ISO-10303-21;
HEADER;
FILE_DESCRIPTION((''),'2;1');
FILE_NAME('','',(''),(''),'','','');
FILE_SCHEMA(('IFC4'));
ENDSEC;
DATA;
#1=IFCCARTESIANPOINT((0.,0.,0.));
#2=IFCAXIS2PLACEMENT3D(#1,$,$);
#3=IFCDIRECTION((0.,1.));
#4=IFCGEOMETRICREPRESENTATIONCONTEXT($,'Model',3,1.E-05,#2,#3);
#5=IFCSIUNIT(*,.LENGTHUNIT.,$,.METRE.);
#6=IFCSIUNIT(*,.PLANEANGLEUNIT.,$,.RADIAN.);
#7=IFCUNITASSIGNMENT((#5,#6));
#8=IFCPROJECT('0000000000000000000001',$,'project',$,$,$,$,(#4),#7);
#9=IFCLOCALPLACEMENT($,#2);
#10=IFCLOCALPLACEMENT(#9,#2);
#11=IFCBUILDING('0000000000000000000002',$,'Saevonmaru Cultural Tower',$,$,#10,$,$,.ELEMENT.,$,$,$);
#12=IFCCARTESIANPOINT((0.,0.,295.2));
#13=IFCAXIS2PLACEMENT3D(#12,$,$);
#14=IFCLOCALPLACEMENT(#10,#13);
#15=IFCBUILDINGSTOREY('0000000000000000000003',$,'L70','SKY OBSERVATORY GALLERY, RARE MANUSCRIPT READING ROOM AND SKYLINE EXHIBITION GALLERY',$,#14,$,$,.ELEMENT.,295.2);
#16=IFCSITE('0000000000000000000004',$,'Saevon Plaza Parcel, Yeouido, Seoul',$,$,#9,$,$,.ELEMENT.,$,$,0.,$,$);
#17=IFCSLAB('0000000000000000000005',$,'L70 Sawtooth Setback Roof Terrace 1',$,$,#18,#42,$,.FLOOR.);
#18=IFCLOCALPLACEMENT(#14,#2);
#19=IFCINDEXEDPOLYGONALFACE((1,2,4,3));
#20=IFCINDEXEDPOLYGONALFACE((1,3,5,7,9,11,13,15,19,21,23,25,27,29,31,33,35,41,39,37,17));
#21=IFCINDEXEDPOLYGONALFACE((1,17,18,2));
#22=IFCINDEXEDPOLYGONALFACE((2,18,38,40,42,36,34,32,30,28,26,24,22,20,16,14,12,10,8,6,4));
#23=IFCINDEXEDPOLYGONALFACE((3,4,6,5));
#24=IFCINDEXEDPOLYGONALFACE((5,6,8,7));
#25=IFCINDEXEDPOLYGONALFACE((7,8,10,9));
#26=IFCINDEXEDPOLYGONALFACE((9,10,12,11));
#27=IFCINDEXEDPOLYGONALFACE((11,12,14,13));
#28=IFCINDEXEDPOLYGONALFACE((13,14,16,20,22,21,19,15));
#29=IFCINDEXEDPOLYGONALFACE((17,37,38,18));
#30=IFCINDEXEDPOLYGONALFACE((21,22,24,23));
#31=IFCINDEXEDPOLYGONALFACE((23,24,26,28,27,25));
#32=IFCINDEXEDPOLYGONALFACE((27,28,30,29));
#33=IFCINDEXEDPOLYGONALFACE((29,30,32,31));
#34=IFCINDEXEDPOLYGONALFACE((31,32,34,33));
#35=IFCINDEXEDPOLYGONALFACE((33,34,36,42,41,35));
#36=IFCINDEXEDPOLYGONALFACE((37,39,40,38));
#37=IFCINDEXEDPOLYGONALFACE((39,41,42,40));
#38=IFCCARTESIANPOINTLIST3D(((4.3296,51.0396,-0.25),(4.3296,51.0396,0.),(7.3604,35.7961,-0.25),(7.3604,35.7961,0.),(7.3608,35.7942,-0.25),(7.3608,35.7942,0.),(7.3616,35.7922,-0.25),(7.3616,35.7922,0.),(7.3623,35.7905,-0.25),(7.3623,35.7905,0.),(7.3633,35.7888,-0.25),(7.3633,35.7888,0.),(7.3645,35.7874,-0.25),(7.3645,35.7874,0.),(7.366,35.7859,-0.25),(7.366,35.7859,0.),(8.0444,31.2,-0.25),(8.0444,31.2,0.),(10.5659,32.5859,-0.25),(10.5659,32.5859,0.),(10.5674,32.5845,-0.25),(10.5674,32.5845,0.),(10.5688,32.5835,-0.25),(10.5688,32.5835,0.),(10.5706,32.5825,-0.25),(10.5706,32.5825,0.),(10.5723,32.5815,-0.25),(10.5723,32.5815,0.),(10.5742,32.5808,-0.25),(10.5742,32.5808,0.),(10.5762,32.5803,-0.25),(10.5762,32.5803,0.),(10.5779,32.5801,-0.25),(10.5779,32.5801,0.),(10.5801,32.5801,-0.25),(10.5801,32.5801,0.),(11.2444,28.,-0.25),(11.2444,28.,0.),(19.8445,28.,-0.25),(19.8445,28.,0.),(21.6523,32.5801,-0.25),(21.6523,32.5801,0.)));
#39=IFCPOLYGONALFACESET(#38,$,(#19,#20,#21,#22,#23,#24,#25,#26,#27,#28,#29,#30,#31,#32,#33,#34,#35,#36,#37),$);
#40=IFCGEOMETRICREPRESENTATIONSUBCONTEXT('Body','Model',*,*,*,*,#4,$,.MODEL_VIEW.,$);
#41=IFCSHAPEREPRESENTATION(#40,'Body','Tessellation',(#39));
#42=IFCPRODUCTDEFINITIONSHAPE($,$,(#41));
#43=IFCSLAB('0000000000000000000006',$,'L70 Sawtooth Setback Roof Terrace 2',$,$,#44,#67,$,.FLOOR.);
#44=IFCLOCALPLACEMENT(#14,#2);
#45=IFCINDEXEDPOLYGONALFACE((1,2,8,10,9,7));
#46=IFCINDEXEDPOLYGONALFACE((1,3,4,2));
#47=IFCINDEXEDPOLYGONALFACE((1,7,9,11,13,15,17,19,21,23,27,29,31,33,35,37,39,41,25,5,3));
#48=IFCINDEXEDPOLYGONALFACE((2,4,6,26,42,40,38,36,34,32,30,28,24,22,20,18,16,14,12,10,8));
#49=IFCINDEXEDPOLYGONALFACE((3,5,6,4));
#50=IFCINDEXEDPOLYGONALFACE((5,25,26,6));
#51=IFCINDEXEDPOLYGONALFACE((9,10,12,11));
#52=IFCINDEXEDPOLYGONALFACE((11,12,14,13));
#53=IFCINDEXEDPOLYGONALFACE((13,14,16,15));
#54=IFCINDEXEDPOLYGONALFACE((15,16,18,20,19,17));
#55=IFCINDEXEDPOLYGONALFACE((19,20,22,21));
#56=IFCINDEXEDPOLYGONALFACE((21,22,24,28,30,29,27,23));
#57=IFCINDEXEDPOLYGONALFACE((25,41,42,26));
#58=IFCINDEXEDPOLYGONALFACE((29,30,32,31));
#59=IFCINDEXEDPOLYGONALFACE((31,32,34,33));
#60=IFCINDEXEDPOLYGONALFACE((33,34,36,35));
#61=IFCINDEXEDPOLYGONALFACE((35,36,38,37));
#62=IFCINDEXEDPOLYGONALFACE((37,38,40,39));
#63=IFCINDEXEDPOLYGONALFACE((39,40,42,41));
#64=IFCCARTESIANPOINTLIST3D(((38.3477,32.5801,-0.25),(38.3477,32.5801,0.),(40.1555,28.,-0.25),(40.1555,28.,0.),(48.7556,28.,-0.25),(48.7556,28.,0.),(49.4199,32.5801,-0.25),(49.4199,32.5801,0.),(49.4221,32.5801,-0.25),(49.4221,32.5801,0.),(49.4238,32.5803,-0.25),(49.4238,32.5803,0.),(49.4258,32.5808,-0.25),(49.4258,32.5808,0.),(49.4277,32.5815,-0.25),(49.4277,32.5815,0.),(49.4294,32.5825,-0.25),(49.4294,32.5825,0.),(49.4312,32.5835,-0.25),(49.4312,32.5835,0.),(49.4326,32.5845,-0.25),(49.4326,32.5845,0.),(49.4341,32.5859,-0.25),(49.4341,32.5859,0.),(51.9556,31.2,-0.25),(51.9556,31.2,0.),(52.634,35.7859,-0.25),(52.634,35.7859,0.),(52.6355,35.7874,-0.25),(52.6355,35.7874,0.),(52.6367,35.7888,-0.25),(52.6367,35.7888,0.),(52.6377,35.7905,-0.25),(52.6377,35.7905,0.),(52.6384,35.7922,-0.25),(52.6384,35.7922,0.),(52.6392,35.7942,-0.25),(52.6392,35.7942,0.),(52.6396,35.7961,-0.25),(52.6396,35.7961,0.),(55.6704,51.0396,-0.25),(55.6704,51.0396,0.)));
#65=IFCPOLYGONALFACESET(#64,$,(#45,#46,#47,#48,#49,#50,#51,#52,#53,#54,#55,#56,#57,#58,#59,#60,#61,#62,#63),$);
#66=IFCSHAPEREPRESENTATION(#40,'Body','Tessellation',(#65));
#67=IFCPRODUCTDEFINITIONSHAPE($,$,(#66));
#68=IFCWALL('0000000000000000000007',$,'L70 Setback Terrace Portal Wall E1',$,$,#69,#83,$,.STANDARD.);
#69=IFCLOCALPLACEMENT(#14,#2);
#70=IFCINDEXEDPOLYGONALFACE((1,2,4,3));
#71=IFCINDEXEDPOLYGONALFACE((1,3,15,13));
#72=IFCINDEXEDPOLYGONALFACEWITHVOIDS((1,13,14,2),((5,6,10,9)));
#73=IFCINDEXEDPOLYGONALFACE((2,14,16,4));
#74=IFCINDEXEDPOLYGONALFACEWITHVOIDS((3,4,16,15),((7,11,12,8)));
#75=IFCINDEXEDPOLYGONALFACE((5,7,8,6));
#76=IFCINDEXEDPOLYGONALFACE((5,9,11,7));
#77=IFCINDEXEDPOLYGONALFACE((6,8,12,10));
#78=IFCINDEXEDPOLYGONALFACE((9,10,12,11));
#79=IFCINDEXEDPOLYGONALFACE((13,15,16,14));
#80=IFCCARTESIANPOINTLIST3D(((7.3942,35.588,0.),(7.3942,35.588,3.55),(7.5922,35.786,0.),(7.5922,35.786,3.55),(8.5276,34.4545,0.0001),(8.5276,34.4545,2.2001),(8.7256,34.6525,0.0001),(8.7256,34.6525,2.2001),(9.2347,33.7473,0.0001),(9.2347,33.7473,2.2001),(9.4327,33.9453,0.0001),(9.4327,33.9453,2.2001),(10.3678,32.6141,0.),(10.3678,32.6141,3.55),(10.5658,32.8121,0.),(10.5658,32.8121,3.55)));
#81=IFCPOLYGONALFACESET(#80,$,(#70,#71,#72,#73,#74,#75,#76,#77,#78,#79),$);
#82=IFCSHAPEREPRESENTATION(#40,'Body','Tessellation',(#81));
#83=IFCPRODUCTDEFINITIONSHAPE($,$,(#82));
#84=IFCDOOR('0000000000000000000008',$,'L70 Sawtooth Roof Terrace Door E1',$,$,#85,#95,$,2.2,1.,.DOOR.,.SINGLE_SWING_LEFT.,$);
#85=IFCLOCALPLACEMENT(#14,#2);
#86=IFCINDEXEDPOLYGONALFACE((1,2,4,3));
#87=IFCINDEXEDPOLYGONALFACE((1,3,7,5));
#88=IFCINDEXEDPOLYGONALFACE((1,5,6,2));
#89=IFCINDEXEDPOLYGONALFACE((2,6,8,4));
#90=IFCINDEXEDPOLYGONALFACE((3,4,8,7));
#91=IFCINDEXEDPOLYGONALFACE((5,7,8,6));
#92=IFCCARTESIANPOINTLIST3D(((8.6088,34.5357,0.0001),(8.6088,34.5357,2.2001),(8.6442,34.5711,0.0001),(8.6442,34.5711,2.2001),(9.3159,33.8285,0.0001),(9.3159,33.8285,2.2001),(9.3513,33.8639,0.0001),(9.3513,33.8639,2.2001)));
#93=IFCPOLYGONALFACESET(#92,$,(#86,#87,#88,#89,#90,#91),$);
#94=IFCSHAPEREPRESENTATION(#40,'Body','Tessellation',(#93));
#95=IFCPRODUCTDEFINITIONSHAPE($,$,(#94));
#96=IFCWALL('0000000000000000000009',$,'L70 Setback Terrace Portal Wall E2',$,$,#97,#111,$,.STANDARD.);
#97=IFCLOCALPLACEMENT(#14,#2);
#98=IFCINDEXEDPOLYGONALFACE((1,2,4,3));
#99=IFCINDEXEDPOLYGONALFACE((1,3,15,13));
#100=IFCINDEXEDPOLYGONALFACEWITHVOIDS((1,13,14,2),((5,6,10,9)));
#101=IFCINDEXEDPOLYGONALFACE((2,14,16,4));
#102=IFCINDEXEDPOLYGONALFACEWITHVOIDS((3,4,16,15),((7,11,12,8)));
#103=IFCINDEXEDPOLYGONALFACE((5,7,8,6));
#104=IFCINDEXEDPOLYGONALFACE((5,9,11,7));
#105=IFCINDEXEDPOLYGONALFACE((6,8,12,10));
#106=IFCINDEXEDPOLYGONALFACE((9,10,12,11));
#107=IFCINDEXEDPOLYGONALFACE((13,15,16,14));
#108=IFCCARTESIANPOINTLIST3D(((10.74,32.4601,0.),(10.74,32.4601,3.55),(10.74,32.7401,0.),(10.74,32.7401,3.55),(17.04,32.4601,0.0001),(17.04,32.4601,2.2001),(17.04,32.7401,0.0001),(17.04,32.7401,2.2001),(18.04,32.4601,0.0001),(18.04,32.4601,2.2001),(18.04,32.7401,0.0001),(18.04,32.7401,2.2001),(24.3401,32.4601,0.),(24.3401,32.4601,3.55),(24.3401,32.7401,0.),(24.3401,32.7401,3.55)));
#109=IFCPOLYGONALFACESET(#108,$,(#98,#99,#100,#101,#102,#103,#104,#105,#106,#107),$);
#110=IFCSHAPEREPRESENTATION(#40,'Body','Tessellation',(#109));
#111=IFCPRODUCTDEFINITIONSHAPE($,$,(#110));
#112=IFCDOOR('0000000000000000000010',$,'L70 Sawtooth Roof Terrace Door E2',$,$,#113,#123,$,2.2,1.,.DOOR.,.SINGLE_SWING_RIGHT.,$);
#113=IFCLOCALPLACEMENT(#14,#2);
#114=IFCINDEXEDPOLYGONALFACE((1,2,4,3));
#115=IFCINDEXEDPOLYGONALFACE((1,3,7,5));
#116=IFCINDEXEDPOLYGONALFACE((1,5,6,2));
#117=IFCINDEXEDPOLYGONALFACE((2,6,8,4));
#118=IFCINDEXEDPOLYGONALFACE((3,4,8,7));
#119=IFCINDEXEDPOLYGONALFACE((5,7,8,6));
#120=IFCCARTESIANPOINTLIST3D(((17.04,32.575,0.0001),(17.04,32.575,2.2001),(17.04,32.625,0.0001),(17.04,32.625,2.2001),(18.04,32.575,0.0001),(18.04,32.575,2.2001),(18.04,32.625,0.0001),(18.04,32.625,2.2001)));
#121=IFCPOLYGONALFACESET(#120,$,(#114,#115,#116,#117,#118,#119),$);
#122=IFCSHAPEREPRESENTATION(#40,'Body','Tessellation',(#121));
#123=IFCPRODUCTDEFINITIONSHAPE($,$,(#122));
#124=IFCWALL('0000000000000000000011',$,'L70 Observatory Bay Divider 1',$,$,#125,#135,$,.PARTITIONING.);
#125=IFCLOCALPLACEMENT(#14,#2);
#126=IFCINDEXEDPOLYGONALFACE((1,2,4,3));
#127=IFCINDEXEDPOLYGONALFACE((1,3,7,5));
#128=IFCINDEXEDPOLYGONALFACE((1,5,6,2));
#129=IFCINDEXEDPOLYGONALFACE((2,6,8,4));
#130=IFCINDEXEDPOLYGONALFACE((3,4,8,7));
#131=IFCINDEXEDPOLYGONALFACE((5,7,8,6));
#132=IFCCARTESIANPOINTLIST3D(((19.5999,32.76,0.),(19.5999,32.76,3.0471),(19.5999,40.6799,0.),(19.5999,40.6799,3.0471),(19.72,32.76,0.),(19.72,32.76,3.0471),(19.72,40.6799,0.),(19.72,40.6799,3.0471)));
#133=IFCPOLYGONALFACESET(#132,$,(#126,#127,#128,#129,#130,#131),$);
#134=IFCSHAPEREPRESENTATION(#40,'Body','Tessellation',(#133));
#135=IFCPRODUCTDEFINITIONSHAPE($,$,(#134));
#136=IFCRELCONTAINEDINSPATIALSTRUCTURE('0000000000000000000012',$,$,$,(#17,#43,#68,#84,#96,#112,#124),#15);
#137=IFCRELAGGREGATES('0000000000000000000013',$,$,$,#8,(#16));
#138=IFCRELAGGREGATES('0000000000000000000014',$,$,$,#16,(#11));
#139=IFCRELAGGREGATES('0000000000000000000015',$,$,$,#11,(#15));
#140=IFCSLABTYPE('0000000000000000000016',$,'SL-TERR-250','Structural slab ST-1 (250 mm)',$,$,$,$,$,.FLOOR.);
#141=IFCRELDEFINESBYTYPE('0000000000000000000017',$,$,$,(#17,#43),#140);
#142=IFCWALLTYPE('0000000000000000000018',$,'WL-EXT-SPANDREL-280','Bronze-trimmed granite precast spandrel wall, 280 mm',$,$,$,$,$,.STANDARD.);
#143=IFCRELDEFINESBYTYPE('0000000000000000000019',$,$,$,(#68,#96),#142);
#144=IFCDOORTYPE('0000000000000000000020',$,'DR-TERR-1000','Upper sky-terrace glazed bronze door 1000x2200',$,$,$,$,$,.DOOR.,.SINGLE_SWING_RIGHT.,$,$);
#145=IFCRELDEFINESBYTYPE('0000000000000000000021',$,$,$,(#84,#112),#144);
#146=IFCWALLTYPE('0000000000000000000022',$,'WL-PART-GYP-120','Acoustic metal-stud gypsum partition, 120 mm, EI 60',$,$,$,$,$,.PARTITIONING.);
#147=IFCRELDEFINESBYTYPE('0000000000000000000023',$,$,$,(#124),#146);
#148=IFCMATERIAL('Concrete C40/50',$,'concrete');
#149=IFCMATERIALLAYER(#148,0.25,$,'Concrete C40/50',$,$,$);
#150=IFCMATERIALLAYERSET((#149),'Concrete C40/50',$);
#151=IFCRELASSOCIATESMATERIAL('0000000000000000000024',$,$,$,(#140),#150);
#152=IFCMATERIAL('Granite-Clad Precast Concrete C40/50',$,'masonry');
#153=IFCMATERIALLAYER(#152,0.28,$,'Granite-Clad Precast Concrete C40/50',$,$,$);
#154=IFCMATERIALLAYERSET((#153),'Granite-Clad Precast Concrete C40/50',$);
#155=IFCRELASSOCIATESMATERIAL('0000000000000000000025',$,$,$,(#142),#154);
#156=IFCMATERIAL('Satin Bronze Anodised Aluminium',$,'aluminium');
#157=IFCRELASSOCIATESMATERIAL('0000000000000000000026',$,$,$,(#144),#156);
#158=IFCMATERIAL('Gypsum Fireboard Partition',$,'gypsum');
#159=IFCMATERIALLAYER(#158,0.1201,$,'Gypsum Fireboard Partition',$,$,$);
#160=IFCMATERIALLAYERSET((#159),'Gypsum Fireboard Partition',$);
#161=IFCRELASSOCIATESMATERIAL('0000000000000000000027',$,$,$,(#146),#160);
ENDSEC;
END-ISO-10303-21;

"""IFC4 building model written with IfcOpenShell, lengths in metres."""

from ifc_helpers import new_model, si_unit, direction, frame, frame_2d, origin, place, context, subcontext, project, spatial, polyline, rectangle, outline, extrude, material, layer, layer_set, type_object, element, fill, save


model = new_model("IFC4")

# Units and contexts
model_context = context("Model", 3, precision=1e-05, world=origin(), true_north=direction((0.0, 1.0)))
body_context = subcontext(model_context, "Body", "Model", "MODEL_VIEW")
ifc_project = project(units=[si_unit("LENGTHUNIT", "METRE"), si_unit("PLANEANGLEUNIT", "RADIAN")], contexts=[model_context])

# Site, building, storey
site_placement = place(None, origin())
site = spatial("IfcSite", under=ifc_project, at=site_placement, Name="Saevon Plaza Parcel, Yeouido, Seoul", CompositionType="ELEMENT", RefElevation=0.0)
building_placement = place(site_placement, origin())
building = spatial("IfcBuilding", under=site, at=building_placement, Name="Saevonmaru Cultural Tower", CompositionType="ELEMENT")
storey_placement = place(building_placement, frame((0.0, 0.0, 295.2)))
storey = spatial("IfcBuildingStorey", under=building, at=storey_placement, Name="L70", Description="SKY OBSERVATORY GALLERY, RARE MANUSCRIPT READING ROOM AND SKYLINE EXHIBITION GALLERY", CompositionType="ELEMENT", Elevation=295.2)

# Shared definitions
ifc_material_1 = material(Name="Satin Bronze Anodised Aluminium", Category="aluminium")

# Shared definitions
ifc_material_2 = material(Name="Concrete C40/50", Category="concrete")

# Slabs
ifc_layer_1 = layer(ifc_material_2, 0.25, Name="Concrete C40/50")
ifc_layer_set_1 = layer_set([ifc_layer_1], Name="Concrete C40/50")
slab_type_1 = type_object("IfcSlabType", Name="SL-TERR-250", Description="Structural slab ST-1 (250 mm)", PredefinedType="FLOOR", material=ifc_layer_set_1)
slab_1_placement = place(storey_placement, frame((0.0, 0.0, -0.25)))
element("IfcSlab", 1, at=slab_1_placement, inside=storey, type_object=slab_type_1, Name="L70 Sawtooth Setback Roof Terrace 1", PredefinedType="FLOOR", context=body_context, shape_type="SweptSolid", body=[
    extrude(outline(polyline([(21.6523, 32.5801), (10.5801, 32.5801), (10.5779, 32.5801), (10.5762, 32.5803), (10.5742, 32.5808), (10.5723, 32.5815), (10.5706, 32.5825), (10.5688, 32.5835), (10.5674, 32.5845), (10.5659, 32.5859), (7.366, 35.7859), (7.3645, 35.7874), (7.3633, 35.7888), (7.3623, 35.7905), (7.3616, 35.7922), (7.3608, 35.7942), (7.3604, 35.7961), (4.3296, 51.0396), (8.0444, 31.2), (11.2444, 28.0), (19.8445, 28.0), (21.6523, 32.5801)])), origin(), (0.0, 0.0, 1.0), 0.25),
])
slab_2_placement = place(storey_placement, frame((0.0, 0.0, -0.25)))
element("IfcSlab", 2, at=slab_2_placement, inside=storey, type_object=slab_type_1, Name="L70 Sawtooth Setback Roof Terrace 2", PredefinedType="FLOOR", context=body_context, shape_type="SweptSolid", body=[
    extrude(outline(polyline([(55.6704, 51.0396), (52.6396, 35.7961), (52.6392, 35.7942), (52.6384, 35.7922), (52.6377, 35.7905), (52.6367, 35.7888), (52.6355, 35.7874), (52.634, 35.7859), (49.4341, 32.5859), (49.4326, 32.5845), (49.4312, 32.5835), (49.4294, 32.5825), (49.4277, 32.5815), (49.4258, 32.5808), (49.4238, 32.5803), (49.4221, 32.5801), (49.4199, 32.5801), (38.3477, 32.5801), (40.1555, 28.0), (48.7556, 28.0), (51.9556, 31.2), (55.6704, 51.0396)])), origin(), (0.0, 0.0, 1.0), 0.25),
])

# Walls, openings, doors
ifc_material_3 = material(Name="Granite-Clad Precast Concrete C40/50", Category="masonry")
ifc_layer_2 = layer(ifc_material_3, 0.28, Name="Granite-Clad Precast Concrete C40/50")
ifc_layer_set_2 = layer_set([ifc_layer_2], Name="Granite-Clad Precast Concrete C40/50")
wall_type_1 = type_object("IfcWallType", Name="WL-EXT-SPANDREL-280", Description="Bronze-trimmed granite precast spandrel wall, 280 mm", PredefinedType="STANDARD", material=ifc_layer_set_2)
wall_1_placement = place(storey_placement, frame((7.4932, 35.687, 0.0), z_axis=(0.0, 0.0, 1.0), x_axis=(0.707078, -0.707136, 0.0)))
wall_1 = element("IfcWall", 3, at=wall_1_placement, inside=storey, type_object=wall_type_1, Name="L70 Setback Terrace Portal Wall E1", PredefinedType="STANDARD", context=body_context, shape_type="SweptSolid", body=[
    extrude(rectangle(XDim=4.2056, YDim=0.28, at=frame_2d((2.1028, 0.0))), origin(), (0.0, 0.0, 1.0), 3.55),
])
opening_1_placement = place(wall_1_placement, frame((1.603, 0.0, 0.0)))
opening_1 = element("IfcOpeningElement", 4, at=opening_1_placement, cuts=wall_1, PredefinedType="OPENING", context=body_context, shape_type="SweptSolid", body=[
    extrude(rectangle(XDim=1.0, YDim=2.2, at=frame_2d((0.5, 1.1001))), frame((0.0, 0.1499, 0.0), z_axis=(0.0, -1.0, 0.0), x_axis=(1.0, 0.0, 0.0)), (0.0, 0.0, 1.0), 0.3),
])
door_type = type_object("IfcDoorType", Name="DR-TERR-1000", Description="Upper sky-terrace glazed bronze door 1000x2200", OperationType="SINGLE_SWING_RIGHT", PredefinedType="DOOR", material=ifc_material_1)
door_1_placement = place(opening_1_placement, origin())
door_1 = element("IfcDoor", 5, at=door_1_placement, inside=storey, type_object=door_type, Name="L70 Sawtooth Roof Terrace Door E1", OperationType="SINGLE_SWING_LEFT", OverallHeight=2.2, OverallWidth=1.0, PredefinedType="DOOR", context=body_context, shape_type="SweptSolid", body=[
    extrude(rectangle(XDim=1.0, YDim=2.2, at=frame_2d((0.5, 1.1001))), frame((0.0, 0.0249, 0.0), z_axis=(0.0, -1.0, 0.0), x_axis=(1.0, 0.0, 0.0)), (0.0, 0.0, 1.0), 0.05),
])
fill(opening_1, door_1)
wall_2_placement = place(storey_placement, frame((10.74, 32.6001, 0.0), z_axis=(0.0, 0.0, 1.0), x_axis=(1.0, 0.0, 0.0)))
wall_2 = element("IfcWall", 6, at=wall_2_placement, inside=storey, type_object=wall_type_1, Name="L70 Setback Terrace Portal Wall E2", PredefinedType="STANDARD", context=body_context, shape_type="SweptSolid", body=[
    extrude(rectangle(XDim=13.6001, YDim=0.28, at=frame_2d((6.8, 0.0))), origin(), (0.0, 0.0, 1.0), 3.55),
])
opening_2_placement = place(wall_2_placement, frame((6.3, 0.0, 0.0)))
opening_2 = element("IfcOpeningElement", 7, at=opening_2_placement, cuts=wall_2, PredefinedType="OPENING", context=body_context, shape_type="SweptSolid", body=[
    extrude(rectangle(XDim=1.0, YDim=2.2, at=frame_2d((0.5, 1.1001))), frame((0.0, 0.1499, 0.0), z_axis=(0.0, -1.0, 0.0), x_axis=(1.0, 0.0, 0.0)), (0.0, 0.0, 1.0), 0.3),
])
door_2_placement = place(opening_2_placement, origin())
door_2 = element("IfcDoor", 8, at=door_2_placement, inside=storey, type_object=door_type, Name="L70 Sawtooth Roof Terrace Door E2", OperationType="SINGLE_SWING_RIGHT", OverallHeight=2.2, OverallWidth=1.0, PredefinedType="DOOR", context=body_context, shape_type="SweptSolid", body=[
    extrude(rectangle(XDim=1.0, YDim=2.2, at=frame_2d((0.5, 1.1001))), frame((0.0, 0.0249, 0.0), z_axis=(0.0, -1.0, 0.0), x_axis=(1.0, 0.0, 0.0)), (0.0, 0.0, 1.0), 0.05),
])
fill(opening_2, door_2)

# Wall
ifc_material_4 = material(Name="Gypsum Fireboard Partition", Category="gypsum")
ifc_layer_3 = layer(ifc_material_4, 0.1201, Name="Gypsum Fireboard Partition")
ifc_layer_set_3 = layer_set([ifc_layer_3], Name="Gypsum Fireboard Partition")
wall_type_2 = type_object("IfcWallType", Name="WL-PART-GYP-120", Description="Acoustic metal-stud gypsum partition, 120 mm, EI 60", PredefinedType="PARTITIONING", material=ifc_layer_set_3)
wall_3_placement = place(storey_placement, frame((19.6599, 32.76, 0.0), z_axis=(0.0, 0.0, 1.0), x_axis=(0.0, 1.0, 0.0)))
element("IfcWall", 9, at=wall_3_placement, inside=storey, type_object=wall_type_2, Name="L70 Observatory Bay Divider 1", PredefinedType="PARTITIONING", context=body_context, shape_type="SweptSolid", body=[
    extrude(rectangle(XDim=7.9199, YDim=0.1201, at=frame_2d((3.96, 0.0))), origin(), (0.0, 0.0, 1.0), 3.0471),
])

save(model, "model.ifc")
